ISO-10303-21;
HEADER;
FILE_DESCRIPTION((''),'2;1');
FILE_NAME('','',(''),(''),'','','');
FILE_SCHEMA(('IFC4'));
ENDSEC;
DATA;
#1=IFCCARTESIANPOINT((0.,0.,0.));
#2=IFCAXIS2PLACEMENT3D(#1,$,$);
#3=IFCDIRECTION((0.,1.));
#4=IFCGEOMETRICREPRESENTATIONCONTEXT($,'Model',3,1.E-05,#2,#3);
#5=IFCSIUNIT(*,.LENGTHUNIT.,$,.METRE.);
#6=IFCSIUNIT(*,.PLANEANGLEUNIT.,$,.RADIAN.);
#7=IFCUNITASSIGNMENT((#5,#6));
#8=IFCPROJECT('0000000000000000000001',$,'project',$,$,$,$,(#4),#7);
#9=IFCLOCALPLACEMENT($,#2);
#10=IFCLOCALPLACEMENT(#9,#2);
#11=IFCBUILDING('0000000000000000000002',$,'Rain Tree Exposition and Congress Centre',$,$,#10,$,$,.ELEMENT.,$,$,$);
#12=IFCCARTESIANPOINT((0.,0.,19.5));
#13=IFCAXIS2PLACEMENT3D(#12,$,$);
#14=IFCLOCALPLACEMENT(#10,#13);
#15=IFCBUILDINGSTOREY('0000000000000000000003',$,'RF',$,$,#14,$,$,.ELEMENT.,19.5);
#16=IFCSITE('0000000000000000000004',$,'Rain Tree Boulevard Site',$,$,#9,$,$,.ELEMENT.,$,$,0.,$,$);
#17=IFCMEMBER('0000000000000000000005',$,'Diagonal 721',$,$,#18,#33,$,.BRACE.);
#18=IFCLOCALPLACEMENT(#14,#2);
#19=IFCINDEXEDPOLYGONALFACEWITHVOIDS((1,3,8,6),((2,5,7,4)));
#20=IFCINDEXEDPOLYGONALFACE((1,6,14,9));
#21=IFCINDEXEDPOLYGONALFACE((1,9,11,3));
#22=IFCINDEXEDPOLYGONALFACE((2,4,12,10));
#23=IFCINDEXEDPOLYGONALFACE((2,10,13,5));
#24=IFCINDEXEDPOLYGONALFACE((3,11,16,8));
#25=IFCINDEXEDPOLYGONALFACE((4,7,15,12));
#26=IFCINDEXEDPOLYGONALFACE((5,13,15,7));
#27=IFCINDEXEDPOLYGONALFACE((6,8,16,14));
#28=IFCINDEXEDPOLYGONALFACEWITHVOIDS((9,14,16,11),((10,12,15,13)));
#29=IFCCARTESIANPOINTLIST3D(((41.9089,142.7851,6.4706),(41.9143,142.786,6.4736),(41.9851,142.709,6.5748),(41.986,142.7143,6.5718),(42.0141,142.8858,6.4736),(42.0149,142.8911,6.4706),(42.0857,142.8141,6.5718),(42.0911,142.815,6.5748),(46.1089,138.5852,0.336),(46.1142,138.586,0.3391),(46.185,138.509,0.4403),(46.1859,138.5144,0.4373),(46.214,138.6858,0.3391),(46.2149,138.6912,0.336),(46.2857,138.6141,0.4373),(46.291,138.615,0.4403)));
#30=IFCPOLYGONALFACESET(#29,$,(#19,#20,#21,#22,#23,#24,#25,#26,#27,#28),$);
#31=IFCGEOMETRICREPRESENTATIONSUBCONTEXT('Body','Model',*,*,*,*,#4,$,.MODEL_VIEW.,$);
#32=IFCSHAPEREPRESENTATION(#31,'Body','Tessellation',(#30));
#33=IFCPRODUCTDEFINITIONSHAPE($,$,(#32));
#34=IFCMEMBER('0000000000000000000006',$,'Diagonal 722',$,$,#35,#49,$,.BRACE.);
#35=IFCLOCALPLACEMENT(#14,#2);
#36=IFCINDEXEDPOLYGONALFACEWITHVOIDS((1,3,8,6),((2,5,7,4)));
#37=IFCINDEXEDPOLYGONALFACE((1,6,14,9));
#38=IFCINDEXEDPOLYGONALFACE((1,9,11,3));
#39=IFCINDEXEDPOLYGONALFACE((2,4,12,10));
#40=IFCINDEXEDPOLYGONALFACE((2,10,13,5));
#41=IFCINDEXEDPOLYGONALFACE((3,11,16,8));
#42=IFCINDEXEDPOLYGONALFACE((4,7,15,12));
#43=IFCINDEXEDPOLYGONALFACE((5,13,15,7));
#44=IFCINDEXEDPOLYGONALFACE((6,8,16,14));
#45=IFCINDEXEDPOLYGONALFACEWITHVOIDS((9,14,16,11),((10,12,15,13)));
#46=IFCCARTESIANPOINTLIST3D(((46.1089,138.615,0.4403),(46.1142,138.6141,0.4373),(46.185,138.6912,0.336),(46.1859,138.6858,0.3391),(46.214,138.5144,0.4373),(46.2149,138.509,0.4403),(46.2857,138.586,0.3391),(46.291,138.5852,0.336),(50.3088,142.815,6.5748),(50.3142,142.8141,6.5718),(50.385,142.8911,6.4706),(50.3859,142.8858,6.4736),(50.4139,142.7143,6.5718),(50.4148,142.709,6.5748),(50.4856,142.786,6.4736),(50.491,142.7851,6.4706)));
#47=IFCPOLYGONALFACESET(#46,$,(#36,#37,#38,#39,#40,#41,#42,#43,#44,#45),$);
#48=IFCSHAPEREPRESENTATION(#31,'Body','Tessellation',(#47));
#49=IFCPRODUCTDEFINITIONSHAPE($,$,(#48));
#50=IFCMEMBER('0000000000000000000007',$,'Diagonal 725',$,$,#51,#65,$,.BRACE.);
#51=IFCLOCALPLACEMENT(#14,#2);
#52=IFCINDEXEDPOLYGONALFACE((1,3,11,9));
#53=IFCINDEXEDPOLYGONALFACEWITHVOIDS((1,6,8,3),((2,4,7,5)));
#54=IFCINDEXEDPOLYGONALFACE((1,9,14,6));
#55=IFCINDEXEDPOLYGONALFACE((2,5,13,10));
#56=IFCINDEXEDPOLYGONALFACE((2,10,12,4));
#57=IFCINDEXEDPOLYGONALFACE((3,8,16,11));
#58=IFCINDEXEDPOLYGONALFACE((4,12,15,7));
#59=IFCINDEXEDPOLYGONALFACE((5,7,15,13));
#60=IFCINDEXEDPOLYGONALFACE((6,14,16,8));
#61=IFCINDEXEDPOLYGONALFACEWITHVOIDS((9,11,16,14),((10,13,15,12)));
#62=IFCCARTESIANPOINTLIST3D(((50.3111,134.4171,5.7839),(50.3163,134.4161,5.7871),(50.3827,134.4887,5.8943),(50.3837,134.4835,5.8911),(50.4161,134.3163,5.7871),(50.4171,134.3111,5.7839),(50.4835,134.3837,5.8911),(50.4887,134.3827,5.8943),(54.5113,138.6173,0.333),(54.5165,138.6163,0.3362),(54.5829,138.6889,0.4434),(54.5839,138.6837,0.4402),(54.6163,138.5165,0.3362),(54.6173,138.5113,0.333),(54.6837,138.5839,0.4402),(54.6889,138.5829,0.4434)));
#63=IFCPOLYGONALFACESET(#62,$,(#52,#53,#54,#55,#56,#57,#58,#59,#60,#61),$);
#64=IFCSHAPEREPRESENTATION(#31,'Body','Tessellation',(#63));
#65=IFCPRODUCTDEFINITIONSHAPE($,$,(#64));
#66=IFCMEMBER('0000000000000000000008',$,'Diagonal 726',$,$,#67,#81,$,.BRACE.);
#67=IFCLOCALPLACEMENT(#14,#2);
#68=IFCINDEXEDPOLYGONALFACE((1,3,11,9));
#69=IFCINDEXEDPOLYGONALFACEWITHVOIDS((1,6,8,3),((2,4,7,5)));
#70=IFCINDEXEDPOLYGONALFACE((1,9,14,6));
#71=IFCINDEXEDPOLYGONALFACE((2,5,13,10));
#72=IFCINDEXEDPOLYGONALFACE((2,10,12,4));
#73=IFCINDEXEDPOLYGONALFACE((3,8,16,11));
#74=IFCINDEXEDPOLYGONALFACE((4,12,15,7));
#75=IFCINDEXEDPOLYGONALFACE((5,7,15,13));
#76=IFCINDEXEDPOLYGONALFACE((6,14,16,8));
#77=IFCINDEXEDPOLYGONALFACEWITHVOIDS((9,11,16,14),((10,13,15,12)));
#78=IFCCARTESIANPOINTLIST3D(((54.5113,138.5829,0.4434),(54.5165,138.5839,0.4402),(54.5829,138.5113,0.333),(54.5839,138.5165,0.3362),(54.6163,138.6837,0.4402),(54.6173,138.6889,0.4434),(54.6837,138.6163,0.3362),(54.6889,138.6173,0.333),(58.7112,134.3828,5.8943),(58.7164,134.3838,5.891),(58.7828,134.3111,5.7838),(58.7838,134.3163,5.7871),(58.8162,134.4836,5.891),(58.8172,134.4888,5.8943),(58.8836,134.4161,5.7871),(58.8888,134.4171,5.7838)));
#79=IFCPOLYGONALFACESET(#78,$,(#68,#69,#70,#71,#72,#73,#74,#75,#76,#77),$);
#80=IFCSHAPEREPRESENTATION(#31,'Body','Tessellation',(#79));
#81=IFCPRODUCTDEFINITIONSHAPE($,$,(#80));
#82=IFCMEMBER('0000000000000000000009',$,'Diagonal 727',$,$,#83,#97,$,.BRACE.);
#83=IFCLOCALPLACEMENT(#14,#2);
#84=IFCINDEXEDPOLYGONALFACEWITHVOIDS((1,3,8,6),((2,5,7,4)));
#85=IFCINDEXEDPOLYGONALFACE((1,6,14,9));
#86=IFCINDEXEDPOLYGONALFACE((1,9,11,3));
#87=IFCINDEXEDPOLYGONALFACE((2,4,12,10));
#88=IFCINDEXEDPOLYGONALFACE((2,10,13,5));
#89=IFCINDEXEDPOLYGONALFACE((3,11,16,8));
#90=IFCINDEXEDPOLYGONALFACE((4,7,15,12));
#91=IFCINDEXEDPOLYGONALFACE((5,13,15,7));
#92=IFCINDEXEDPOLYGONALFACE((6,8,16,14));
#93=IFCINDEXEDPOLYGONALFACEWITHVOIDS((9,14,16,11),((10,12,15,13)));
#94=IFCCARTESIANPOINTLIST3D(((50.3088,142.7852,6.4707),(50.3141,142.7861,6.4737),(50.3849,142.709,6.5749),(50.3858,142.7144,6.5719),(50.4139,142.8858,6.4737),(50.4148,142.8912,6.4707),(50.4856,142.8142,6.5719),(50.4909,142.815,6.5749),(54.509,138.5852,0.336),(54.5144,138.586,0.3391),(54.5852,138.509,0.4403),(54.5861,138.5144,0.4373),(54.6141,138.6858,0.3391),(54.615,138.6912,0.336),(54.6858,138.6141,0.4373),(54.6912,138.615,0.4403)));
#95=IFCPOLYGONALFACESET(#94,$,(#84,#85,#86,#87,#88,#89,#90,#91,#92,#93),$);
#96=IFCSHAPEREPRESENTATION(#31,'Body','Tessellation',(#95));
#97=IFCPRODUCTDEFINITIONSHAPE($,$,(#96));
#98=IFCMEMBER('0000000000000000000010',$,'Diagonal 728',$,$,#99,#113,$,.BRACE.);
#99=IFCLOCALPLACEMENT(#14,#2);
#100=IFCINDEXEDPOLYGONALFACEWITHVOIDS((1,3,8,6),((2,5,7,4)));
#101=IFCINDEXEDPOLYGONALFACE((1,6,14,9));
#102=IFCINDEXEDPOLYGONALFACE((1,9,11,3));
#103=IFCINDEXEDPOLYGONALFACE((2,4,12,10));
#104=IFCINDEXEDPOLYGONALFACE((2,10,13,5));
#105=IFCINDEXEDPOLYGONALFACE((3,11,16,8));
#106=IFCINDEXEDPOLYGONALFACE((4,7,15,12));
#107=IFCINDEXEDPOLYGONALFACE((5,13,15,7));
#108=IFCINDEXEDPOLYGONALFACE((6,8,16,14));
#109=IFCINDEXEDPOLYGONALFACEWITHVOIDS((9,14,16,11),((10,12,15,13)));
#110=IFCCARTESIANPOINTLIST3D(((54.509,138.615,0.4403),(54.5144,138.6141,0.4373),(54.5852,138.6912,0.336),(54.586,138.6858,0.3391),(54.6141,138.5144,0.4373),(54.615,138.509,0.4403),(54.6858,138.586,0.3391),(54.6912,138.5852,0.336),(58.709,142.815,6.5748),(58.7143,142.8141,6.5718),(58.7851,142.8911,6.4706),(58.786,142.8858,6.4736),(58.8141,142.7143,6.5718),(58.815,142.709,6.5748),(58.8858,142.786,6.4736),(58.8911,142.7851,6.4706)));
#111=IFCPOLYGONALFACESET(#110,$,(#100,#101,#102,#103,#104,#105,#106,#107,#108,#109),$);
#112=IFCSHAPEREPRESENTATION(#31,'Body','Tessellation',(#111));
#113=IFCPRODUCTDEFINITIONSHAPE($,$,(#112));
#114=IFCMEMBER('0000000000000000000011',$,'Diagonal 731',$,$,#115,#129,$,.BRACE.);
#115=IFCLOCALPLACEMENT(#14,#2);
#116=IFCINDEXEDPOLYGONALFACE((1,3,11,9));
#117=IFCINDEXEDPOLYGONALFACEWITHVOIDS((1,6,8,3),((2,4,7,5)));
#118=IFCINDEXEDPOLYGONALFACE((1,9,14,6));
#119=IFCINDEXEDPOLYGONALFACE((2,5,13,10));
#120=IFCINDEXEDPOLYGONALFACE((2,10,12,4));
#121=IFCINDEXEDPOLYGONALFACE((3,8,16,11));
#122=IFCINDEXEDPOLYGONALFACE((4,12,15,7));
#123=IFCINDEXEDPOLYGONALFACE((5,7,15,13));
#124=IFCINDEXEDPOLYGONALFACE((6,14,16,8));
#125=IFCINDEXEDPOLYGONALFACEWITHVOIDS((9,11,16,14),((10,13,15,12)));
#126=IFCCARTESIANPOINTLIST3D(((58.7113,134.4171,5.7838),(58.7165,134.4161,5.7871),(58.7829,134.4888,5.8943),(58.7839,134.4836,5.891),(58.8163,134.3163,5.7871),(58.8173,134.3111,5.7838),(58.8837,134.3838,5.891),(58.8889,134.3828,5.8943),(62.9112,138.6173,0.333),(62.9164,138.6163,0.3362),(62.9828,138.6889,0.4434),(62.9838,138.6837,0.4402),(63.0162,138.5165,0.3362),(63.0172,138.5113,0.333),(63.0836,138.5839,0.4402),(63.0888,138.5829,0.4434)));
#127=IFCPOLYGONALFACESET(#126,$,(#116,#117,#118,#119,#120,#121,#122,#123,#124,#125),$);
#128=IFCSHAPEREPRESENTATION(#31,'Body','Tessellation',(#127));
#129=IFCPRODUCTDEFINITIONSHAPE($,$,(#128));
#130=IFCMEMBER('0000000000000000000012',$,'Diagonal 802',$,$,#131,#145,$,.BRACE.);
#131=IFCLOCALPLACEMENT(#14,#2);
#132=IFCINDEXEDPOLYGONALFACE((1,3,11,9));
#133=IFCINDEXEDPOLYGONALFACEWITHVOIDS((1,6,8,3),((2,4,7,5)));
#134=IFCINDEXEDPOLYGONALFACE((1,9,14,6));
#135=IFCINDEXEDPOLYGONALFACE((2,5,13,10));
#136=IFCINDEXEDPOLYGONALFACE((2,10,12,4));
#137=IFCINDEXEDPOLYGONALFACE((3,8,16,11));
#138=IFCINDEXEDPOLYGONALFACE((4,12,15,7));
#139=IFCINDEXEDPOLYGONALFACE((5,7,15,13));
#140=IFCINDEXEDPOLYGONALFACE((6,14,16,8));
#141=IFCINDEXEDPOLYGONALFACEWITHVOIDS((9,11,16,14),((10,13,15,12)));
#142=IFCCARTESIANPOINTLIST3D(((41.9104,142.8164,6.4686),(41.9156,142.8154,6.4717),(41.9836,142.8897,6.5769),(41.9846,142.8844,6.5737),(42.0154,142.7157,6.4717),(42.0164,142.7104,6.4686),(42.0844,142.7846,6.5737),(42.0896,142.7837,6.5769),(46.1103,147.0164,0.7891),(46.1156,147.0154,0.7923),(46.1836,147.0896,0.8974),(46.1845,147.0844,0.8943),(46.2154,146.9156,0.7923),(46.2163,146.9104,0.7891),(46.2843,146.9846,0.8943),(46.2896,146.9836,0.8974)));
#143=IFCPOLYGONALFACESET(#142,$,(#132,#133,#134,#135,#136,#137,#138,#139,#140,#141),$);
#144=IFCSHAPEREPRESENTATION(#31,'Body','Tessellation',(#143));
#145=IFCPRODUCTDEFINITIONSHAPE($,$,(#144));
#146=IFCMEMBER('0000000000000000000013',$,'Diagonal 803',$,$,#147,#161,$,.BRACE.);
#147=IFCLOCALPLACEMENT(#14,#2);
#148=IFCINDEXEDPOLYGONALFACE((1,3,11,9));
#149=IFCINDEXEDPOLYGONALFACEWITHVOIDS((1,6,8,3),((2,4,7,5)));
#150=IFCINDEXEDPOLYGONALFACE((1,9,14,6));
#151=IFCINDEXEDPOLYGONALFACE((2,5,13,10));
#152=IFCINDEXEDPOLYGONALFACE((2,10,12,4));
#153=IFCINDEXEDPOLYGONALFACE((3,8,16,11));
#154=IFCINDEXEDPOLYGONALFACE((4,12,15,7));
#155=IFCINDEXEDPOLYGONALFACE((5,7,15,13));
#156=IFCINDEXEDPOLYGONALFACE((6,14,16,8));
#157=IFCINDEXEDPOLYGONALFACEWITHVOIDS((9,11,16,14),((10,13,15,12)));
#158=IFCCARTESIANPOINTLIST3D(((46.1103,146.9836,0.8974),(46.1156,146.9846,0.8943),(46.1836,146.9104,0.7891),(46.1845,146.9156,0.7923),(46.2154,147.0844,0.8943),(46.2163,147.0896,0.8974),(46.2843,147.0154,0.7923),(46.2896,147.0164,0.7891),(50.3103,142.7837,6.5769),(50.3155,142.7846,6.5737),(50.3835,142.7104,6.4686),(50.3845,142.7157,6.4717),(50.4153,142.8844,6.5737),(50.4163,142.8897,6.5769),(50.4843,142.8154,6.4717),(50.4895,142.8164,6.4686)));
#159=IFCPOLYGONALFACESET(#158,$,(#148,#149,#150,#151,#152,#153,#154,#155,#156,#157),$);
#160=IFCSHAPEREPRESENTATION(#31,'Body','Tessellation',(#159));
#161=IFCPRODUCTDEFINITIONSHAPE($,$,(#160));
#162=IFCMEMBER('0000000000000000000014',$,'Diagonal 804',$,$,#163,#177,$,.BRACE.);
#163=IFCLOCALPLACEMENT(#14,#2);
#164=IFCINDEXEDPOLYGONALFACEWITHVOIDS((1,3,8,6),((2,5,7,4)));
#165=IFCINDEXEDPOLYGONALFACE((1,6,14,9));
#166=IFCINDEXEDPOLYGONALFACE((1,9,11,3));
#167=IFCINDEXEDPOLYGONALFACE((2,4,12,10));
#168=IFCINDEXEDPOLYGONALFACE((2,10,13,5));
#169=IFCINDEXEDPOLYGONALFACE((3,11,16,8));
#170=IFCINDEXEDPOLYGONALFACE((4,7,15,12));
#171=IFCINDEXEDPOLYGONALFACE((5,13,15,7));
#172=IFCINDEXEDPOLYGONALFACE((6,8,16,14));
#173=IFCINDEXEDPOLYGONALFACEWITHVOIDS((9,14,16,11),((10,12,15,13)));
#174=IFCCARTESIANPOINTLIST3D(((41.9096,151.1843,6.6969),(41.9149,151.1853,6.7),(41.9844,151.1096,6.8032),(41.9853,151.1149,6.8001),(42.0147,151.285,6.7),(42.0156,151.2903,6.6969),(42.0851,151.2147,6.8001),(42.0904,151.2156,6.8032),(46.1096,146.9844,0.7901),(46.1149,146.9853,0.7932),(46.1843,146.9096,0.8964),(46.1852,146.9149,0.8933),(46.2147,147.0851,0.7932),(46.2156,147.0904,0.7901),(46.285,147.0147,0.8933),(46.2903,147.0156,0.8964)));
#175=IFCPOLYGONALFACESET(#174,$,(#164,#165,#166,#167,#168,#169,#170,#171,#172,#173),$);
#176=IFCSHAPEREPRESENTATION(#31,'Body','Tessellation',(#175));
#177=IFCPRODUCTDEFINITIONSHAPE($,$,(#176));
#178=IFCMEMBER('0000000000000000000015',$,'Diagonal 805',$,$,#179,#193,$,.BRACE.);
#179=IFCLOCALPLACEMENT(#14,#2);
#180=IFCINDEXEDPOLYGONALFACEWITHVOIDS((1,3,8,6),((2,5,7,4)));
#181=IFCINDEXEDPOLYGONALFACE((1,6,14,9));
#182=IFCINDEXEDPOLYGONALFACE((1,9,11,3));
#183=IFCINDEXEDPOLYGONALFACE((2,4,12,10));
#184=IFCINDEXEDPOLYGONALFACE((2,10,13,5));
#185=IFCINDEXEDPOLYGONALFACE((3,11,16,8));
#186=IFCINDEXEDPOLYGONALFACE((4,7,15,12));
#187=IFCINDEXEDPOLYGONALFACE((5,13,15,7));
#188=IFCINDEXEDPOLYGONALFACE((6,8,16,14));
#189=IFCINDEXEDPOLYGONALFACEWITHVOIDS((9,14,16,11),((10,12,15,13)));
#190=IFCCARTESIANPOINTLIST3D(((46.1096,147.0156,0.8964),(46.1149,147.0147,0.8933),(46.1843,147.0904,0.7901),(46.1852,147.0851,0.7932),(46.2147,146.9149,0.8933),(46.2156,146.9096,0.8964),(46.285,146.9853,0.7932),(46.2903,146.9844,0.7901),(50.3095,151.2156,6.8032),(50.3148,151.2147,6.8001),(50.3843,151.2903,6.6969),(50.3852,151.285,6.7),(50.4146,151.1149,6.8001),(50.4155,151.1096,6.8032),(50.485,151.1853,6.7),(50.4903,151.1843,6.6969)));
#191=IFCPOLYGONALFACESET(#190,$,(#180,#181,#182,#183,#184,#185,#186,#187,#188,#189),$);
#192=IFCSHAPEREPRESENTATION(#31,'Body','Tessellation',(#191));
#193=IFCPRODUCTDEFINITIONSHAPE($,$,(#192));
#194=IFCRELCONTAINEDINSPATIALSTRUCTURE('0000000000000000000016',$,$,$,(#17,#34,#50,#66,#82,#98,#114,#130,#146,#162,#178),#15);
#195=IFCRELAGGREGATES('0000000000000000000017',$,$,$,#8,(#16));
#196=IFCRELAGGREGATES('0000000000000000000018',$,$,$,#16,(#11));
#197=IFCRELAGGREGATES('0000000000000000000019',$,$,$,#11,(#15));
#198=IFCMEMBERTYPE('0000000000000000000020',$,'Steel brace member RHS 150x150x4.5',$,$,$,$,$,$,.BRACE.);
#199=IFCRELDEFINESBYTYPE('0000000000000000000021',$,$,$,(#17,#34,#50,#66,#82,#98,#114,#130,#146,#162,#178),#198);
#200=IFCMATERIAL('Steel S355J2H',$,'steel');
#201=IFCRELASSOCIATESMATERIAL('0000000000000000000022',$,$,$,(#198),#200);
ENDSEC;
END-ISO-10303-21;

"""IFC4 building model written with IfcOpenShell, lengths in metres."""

from ifc_helpers import new_model, si_unit, direction, frame, origin, origin_2d, place, context, subcontext, project, spatial, hollow_rectangle, extrude, material, material_profile, profile_set, type_object, element, save


model = new_model("IFC4")

# Units and contexts
model_context = context("Model", 3, precision=1e-05, world=origin(), true_north=direction((0.0, 1.0)))
body_context = subcontext(model_context, "Body", "Model", "MODEL_VIEW")
ifc_project = project(units=[si_unit("LENGTHUNIT", "METRE"), si_unit("PLANEANGLEUNIT", "RADIAN")], contexts=[model_context])

# Site, building, storey
site_placement = place(None, origin())
site = spatial("IfcSite", under=ifc_project, at=site_placement, Name="Rain Tree Boulevard Site", CompositionType="ELEMENT", RefElevation=0.0)
building_placement = place(site_placement, origin())
building = spatial("IfcBuilding", under=site, at=building_placement, Name="Rain Tree Exposition and Congress Centre", CompositionType="ELEMENT")
storey_placement = place(building_placement, frame((0.0, 0.0, 19.5)))
storey = spatial("IfcBuildingStorey", under=building, at=storey_placement, Name="RF", CompositionType="ELEMENT", Elevation=19.5)

# Members
ifc_material_1 = material(Name="Steel S355J2H", Category="steel")
ifc_material_profile_1 = material_profile(ifc_material_1, hollow_rectangle(XDim=0.1499, YDim=0.1499, WallThickness=0.0044, at=origin_2d()), Name="RHS 150x150x4.5")
ifc_profile_set_1 = profile_set([ifc_material_profile_1], Name="Steel S355J2H")
member_type_1 = type_object("IfcMemberType", Name="Steel brace member RHS 150x150x4.5", PredefinedType="BRACE", material=ifc_profile_set_1)
for number, where, z_axis, x_axis, name in (
    (1, (46.2, 138.6001, 0.3882), (-0.491865, 0.491865, 0.718427), (-0.707107, -0.707107, 0.0), "Diagonal 721"),
    (2, (46.2, 138.6001, 0.3882), (0.491865, 0.491865, 0.718427), (-0.707107, 0.707107, 0.0), "Diagonal 722"),
):
    element("IfcMember", number, at=place(storey_placement, frame(where, z_axis=z_axis, x_axis=x_axis)), inside=storey, type_object=member_type_1, Name=name, PredefinedType="BRACE", context=body_context, shape_type="SweptSolid", body=[
        extrude(hollow_rectangle(XDim=0.1499, YDim=0.1499, WallThickness=0.0044, at=origin_2d()), origin(), (0.0, 0.0, 1.0), 8.5388),
    ])
member_1_placement = place(storey_placement, frame((54.6001, 138.6001, 0.3882), z_axis=(-0.520987, -0.520987, 0.676126), x_axis=(0.707107, -0.707107, 0.0)))
element("IfcMember", 3, at=member_1_placement, inside=storey, type_object=member_type_1, Name="Diagonal 725", PredefinedType="BRACE", context=body_context, shape_type="SweptSolid", body=[
    extrude(hollow_rectangle(XDim=0.1499, YDim=0.1499, WallThickness=0.0044, at=origin_2d()), origin(), (0.0, 0.0, 1.0), 8.062),
])
member_2_placement = place(storey_placement, frame((54.6001, 138.6001, 0.3882), z_axis=(0.520965, -0.520995, 0.676136), x_axis=(0.707127, 0.707086, 0.0)))
element("IfcMember", 4, at=member_2_placement, inside=storey, type_object=member_type_1, Name="Diagonal 726", PredefinedType="BRACE", context=body_context, shape_type="SweptSolid", body=[
    extrude(hollow_rectangle(XDim=0.1499, YDim=0.1499, WallThickness=0.0044, at=origin_2d()), origin(), (0.0, 0.0, 1.0), 8.0618),
])
member_3_placement = place(storey_placement, frame((54.6001, 138.6001, 0.3882), z_axis=(-0.491887, 0.491858, 0.718417), x_axis=(-0.707086, -0.707127, 0.0)))
element("IfcMember", 5, at=member_3_placement, inside=storey, type_object=member_type_1, Name="Diagonal 727", PredefinedType="BRACE", context=body_context, shape_type="SweptSolid", body=[
    extrude(hollow_rectangle(XDim=0.1499, YDim=0.1499, WallThickness=0.0044, at=origin_2d()), origin(), (0.0, 0.0, 1.0), 8.5391),
])
member_4_placement = place(storey_placement, frame((54.6001, 138.6001, 0.3882), z_axis=(0.491865, 0.491865, 0.718427), x_axis=(-0.707107, 0.707107, 0.0)))
element("IfcMember", 6, at=member_4_placement, inside=storey, type_object=member_type_1, Name="Diagonal 728", PredefinedType="BRACE", context=body_context, shape_type="SweptSolid", body=[
    extrude(hollow_rectangle(XDim=0.1499, YDim=0.1499, WallThickness=0.0044, at=origin_2d()), origin(), (0.0, 0.0, 1.0), 8.5388),
])
member_5_placement = place(storey_placement, frame((63.0, 138.6001, 0.3882), z_axis=(-0.520965, -0.520995, 0.676136), x_axis=(0.707127, -0.707086, 0.0)))
element("IfcMember", 7, at=member_5_placement, inside=storey, type_object=member_type_1, Name="Diagonal 731", PredefinedType="BRACE", context=body_context, shape_type="SweptSolid", body=[
    extrude(hollow_rectangle(XDim=0.1499, YDim=0.1499, WallThickness=0.0044, at=origin_2d()), origin(), (0.0, 0.0, 1.0), 8.0618),
])
for number, where, z_axis, x_axis, name in (
    (8, (46.2, 147.0, 0.8433), (-0.511068, -0.511068, 0.691099), (0.707107, -0.707107, 0.0), "Diagonal 802"),
    (9, (46.2, 147.0, 0.8433), (0.511068, -0.511068, 0.691099), (0.707107, 0.707107, 0.0), "Diagonal 803"),
):
    element("IfcMember", number, at=place(storey_placement, frame(where, z_axis=z_axis, x_axis=x_axis)), inside=storey, type_object=member_type_1, Name=name, PredefinedType="BRACE", context=body_context, shape_type="SweptSolid", body=[
        extrude(hollow_rectangle(XDim=0.1499, YDim=0.1499, WallThickness=0.0044, at=origin_2d()), origin(), (0.0, 0.0, 1.0), 8.218),
    ])
for number, where, z_axis, x_axis, name in (
    (10, (46.2, 147.0, 0.8433), (-0.501386, 0.501386, 0.705141), (-0.707107, -0.707107, 0.0), "Diagonal 804"),
    (11, (46.2, 147.0, 0.8433), (0.501386, 0.501386, 0.705141), (-0.707107, 0.707107, 0.0), "Diagonal 805"),
):
    element("IfcMember", number, at=place(storey_placement, frame(where, z_axis=z_axis, x_axis=x_axis)), inside=storey, type_object=member_type_1, Name=name, PredefinedType="BRACE", context=body_context, shape_type="SweptSolid", body=[
        extrude(hollow_rectangle(XDim=0.1499, YDim=0.1499, WallThickness=0.0044, at=origin_2d()), origin(), (0.0, 0.0, 1.0), 8.3767),
    ])

save(model, "model.ifc")
